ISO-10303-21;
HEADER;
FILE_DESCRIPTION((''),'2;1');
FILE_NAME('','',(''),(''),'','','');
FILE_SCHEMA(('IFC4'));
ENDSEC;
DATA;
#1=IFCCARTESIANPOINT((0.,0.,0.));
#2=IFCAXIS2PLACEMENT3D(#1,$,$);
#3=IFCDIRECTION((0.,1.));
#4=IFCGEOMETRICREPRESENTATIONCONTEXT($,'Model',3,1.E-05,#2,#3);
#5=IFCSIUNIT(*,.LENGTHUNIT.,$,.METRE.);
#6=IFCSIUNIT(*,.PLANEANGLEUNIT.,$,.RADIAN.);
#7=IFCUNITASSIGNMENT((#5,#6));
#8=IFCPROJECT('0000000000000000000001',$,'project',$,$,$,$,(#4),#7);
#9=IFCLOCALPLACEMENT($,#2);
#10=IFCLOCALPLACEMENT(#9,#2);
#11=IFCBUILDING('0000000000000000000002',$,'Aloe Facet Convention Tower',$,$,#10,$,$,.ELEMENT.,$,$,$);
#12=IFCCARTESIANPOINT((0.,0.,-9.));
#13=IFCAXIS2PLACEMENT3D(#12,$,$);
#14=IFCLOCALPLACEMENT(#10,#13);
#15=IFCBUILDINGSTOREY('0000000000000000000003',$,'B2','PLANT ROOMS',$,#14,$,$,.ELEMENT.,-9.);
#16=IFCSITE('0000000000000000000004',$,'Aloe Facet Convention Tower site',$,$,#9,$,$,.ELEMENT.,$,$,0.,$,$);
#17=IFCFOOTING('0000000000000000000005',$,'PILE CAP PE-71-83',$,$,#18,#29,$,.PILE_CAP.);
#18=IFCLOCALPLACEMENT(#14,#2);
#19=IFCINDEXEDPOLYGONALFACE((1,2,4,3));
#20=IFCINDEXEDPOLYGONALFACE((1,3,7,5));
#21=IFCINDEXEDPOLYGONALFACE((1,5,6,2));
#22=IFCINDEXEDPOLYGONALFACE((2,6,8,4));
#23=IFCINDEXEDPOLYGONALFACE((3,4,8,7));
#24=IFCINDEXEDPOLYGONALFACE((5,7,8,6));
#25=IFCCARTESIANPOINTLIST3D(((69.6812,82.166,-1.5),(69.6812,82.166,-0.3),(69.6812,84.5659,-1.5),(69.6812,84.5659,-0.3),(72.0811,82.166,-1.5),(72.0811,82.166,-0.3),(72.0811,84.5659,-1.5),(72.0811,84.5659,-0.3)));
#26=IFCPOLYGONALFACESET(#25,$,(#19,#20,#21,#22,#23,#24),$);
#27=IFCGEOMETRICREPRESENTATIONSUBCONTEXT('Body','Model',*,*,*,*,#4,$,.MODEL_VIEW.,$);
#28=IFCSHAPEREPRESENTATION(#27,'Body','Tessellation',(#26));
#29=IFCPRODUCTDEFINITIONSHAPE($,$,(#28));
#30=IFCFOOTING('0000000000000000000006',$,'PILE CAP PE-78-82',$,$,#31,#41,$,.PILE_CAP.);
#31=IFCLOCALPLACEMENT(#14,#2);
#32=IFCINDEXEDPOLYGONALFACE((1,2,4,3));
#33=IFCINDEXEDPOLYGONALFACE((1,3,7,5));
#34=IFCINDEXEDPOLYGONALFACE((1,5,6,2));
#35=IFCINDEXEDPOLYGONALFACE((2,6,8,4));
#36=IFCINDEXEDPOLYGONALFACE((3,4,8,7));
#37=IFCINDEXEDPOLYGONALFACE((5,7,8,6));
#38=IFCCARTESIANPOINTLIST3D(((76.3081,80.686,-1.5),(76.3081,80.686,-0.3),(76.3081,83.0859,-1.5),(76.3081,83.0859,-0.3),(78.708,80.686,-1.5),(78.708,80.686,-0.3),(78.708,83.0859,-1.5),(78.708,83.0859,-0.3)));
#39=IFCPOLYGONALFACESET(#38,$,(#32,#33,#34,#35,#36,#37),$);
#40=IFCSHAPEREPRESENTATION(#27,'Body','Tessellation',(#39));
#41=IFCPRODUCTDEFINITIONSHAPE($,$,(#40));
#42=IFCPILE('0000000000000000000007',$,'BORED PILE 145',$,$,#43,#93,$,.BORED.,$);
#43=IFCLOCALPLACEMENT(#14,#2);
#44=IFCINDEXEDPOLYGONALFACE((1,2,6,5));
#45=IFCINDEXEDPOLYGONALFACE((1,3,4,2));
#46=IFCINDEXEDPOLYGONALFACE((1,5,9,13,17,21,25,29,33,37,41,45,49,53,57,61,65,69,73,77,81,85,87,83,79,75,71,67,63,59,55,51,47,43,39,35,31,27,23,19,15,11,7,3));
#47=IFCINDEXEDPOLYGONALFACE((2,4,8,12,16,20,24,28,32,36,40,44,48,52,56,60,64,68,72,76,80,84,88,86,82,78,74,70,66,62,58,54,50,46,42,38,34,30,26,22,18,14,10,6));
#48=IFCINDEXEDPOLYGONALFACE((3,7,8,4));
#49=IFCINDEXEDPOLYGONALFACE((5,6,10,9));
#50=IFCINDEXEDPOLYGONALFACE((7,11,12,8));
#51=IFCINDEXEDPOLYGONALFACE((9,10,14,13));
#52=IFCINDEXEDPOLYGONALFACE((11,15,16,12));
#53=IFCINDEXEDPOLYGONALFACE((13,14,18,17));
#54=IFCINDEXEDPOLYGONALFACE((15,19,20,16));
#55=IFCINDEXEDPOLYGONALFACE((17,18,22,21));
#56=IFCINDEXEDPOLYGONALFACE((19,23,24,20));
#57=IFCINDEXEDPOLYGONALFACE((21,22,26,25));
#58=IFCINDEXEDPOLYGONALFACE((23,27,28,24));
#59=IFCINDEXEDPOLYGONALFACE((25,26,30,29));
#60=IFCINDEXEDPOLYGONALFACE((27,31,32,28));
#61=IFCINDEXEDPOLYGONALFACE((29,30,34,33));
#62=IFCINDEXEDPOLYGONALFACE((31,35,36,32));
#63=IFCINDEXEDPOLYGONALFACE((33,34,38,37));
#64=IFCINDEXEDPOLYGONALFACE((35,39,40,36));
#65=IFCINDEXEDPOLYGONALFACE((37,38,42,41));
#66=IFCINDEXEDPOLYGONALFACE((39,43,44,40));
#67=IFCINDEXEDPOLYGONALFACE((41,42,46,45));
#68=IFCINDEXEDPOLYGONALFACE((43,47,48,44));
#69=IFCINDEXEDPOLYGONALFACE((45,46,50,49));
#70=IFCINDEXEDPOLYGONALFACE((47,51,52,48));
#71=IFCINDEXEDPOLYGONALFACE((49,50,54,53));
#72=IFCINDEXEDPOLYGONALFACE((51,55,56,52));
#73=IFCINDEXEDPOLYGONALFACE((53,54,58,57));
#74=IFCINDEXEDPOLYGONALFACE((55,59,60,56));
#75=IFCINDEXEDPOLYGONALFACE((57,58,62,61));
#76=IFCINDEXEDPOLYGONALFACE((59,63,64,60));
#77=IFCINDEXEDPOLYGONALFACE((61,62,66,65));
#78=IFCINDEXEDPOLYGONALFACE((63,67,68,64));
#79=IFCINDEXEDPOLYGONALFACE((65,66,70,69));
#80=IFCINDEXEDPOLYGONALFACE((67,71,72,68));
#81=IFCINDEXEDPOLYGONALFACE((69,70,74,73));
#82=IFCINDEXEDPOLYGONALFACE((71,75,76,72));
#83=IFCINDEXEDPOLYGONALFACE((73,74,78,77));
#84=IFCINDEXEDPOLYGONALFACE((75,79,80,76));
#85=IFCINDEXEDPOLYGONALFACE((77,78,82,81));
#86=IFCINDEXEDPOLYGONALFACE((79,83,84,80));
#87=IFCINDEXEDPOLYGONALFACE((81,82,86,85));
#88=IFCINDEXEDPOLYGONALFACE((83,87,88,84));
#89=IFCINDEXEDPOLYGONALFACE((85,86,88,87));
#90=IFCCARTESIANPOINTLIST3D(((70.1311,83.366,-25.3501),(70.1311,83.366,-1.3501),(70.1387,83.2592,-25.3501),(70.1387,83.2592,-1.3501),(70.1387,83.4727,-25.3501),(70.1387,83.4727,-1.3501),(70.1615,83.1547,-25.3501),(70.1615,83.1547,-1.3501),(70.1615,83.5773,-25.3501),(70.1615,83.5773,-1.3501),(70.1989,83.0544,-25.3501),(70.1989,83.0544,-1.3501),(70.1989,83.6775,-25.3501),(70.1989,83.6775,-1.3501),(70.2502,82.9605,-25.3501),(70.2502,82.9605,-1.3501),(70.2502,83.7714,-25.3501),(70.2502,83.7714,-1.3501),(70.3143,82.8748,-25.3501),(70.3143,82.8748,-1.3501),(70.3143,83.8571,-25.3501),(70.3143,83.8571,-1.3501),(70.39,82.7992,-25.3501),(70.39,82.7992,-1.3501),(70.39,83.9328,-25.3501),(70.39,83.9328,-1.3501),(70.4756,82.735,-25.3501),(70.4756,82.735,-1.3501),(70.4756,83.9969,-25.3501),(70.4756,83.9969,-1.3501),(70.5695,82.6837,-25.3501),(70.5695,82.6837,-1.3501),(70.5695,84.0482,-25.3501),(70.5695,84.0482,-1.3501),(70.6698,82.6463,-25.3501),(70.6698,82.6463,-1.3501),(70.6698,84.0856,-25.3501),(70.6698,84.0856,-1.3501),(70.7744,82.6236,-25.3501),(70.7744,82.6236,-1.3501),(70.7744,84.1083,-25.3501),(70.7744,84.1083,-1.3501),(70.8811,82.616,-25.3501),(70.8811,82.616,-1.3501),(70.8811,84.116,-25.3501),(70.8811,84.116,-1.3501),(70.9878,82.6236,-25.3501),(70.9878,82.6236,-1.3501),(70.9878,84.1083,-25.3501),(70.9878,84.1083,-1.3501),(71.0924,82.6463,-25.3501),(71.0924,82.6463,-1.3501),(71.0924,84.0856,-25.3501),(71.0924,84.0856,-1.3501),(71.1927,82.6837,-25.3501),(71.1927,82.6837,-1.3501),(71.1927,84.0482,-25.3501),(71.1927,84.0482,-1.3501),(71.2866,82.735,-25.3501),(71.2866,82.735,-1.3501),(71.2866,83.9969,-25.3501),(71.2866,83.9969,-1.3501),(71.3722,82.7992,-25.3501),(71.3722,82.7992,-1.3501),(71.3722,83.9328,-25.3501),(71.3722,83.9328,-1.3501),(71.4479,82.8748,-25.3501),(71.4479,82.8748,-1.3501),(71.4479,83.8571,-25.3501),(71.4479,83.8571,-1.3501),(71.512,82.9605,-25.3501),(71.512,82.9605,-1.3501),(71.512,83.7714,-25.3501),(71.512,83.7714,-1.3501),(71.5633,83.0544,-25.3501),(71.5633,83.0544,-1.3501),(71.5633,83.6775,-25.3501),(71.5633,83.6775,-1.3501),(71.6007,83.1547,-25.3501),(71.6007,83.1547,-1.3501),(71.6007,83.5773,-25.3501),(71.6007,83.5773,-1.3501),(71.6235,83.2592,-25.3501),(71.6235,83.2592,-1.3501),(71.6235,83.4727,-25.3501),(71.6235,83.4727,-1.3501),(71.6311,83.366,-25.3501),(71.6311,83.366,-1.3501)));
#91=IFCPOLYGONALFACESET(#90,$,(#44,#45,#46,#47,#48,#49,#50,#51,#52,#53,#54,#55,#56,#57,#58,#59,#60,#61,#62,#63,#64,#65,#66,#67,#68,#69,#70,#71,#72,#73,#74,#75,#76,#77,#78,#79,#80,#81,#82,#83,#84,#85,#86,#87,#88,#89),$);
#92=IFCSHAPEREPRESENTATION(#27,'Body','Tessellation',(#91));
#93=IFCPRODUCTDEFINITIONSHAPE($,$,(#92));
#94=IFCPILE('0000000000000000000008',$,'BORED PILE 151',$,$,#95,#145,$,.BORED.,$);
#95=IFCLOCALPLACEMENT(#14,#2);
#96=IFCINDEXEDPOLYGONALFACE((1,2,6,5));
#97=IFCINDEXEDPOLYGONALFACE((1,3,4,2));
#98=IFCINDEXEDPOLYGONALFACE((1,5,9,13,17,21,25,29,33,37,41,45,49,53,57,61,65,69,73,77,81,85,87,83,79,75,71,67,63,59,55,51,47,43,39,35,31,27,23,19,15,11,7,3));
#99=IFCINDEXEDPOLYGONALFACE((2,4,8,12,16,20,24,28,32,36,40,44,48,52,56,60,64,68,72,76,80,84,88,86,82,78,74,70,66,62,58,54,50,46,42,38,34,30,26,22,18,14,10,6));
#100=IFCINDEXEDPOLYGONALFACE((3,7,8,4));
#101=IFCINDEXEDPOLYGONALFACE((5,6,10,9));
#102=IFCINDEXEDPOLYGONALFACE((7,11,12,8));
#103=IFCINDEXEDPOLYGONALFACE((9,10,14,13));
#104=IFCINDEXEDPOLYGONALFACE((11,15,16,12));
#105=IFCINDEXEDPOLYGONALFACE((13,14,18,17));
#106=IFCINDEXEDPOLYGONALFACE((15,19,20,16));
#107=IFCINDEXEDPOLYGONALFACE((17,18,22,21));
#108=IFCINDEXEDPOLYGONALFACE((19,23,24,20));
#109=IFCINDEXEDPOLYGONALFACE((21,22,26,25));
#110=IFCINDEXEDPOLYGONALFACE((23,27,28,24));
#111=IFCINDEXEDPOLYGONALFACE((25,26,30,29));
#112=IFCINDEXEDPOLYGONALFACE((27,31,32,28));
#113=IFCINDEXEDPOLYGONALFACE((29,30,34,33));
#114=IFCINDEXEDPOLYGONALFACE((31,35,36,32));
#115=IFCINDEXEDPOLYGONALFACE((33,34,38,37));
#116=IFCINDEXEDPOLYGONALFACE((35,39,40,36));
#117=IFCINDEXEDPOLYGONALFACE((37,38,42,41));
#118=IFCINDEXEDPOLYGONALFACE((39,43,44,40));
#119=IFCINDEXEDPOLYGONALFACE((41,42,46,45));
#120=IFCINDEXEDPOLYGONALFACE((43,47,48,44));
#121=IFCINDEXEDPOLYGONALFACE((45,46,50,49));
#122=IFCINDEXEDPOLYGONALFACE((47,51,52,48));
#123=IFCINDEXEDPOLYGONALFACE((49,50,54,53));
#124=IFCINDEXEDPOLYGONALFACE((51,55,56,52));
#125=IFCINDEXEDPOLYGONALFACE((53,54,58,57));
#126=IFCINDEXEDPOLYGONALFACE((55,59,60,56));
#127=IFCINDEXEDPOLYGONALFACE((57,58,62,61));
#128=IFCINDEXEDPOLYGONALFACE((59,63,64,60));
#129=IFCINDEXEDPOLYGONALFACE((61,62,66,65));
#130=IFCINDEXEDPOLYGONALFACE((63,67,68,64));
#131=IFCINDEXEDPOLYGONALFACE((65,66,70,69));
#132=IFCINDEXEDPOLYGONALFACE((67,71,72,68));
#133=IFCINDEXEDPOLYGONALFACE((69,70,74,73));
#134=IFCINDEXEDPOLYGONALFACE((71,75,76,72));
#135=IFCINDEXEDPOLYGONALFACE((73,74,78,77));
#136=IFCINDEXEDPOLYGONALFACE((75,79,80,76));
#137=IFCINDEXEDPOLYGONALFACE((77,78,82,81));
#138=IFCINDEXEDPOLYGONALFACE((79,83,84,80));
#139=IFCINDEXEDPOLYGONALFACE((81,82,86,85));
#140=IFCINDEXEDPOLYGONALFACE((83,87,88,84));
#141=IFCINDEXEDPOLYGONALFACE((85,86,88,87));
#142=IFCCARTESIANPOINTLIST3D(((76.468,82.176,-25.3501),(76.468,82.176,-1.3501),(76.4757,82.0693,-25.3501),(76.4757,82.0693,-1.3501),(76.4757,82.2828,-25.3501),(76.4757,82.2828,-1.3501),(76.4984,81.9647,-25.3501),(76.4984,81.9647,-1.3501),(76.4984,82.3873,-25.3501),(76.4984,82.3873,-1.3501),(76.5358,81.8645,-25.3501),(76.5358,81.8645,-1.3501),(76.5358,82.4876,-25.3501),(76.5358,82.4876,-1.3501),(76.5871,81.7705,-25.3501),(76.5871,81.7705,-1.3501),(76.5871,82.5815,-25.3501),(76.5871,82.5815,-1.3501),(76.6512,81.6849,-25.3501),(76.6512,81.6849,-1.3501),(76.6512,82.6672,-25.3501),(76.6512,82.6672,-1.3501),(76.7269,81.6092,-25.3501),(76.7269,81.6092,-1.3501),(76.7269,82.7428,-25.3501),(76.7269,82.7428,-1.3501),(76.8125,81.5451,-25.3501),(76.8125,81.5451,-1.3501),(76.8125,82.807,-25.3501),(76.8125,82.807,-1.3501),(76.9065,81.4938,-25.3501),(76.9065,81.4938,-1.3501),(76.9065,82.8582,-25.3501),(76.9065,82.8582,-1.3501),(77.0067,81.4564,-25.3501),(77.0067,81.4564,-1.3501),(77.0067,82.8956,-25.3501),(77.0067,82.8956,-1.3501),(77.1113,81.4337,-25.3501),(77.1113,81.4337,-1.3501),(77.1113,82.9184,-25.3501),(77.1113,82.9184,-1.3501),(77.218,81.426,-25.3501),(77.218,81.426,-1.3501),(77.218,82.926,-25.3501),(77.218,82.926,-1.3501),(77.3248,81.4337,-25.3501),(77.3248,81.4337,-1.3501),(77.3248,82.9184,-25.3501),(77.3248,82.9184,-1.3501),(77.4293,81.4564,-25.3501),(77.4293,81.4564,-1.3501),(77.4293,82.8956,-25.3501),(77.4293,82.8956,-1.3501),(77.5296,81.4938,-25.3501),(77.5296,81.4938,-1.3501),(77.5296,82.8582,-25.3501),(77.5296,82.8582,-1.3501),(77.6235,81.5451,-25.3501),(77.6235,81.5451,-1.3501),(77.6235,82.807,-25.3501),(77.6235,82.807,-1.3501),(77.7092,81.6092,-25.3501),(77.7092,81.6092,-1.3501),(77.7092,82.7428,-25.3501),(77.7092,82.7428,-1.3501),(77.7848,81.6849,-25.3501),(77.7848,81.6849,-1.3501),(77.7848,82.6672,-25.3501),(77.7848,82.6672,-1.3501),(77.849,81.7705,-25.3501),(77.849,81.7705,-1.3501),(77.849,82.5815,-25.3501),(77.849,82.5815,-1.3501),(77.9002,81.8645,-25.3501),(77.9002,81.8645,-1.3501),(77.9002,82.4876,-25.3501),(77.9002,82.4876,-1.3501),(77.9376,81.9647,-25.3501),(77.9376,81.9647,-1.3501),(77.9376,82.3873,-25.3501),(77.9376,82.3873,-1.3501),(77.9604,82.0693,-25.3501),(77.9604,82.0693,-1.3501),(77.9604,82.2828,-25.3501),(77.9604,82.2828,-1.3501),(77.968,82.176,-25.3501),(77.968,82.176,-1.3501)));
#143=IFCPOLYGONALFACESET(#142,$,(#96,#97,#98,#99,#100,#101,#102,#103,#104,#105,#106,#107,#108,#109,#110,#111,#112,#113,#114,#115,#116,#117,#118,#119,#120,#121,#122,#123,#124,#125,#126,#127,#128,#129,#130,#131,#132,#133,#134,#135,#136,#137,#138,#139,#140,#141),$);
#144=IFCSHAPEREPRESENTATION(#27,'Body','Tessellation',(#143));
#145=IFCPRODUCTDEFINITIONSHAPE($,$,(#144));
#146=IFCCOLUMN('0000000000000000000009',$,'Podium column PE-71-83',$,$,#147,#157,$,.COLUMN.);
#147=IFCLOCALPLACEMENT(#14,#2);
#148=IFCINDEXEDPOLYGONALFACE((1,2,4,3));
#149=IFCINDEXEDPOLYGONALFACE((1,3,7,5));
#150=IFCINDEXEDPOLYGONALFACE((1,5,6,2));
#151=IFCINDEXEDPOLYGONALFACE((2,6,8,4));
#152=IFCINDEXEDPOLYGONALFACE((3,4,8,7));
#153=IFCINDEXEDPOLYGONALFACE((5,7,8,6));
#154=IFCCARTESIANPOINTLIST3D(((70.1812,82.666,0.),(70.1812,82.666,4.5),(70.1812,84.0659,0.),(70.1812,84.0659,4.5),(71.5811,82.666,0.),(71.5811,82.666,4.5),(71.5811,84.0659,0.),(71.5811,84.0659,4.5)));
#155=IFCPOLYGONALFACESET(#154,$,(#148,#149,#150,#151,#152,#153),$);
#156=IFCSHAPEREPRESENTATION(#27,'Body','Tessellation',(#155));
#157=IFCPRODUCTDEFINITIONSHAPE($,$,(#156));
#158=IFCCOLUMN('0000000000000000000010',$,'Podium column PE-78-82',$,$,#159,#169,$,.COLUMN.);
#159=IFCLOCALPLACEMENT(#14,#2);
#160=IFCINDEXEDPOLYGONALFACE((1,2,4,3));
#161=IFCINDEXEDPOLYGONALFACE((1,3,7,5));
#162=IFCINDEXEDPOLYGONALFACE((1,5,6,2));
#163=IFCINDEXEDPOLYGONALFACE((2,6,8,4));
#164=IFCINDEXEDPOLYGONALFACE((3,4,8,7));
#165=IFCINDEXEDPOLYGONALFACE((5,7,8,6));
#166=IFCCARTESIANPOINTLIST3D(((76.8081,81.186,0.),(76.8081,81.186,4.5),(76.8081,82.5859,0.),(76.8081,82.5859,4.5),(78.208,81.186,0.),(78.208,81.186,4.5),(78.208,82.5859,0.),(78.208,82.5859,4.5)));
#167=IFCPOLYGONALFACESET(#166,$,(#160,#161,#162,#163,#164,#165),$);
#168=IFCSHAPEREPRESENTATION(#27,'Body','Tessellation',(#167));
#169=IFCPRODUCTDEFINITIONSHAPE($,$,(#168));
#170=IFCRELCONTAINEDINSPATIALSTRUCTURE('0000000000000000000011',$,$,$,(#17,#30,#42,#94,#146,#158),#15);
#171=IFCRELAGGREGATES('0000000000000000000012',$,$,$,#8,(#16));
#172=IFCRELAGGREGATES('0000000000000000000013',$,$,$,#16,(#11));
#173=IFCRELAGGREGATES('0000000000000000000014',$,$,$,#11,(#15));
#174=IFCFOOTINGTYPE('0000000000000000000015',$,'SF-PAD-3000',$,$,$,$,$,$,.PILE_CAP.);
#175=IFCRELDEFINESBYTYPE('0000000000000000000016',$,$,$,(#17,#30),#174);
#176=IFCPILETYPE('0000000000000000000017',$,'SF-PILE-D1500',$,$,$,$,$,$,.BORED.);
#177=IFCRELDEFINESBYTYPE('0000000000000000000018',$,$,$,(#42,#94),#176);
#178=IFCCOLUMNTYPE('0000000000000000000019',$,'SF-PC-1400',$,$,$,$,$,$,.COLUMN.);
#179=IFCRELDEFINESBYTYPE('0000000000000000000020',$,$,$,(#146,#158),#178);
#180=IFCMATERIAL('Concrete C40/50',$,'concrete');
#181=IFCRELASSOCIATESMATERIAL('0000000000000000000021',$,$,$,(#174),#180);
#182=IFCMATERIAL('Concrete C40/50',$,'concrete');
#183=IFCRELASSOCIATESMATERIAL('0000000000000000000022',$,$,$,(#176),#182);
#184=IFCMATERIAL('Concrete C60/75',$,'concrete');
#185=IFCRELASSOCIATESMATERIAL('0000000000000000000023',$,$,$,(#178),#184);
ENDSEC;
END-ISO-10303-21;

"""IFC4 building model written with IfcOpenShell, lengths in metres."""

from ifc_helpers import new_model, si_unit, direction, frame, origin, origin_2d, place, context, subcontext, project, spatial, rectangle, circle, extrude, material, material_profile, profile_set, type_object, element, save


model = new_model("IFC4")

# Units and contexts
model_context = context("Model", 3, precision=1e-05, world=origin(), true_north=direction((0.0, 1.0)))
body_context = subcontext(model_context, "Body", "Model", "MODEL_VIEW")
ifc_project = project(units=[si_unit("LENGTHUNIT", "METRE"), si_unit("PLANEANGLEUNIT", "RADIAN")], contexts=[model_context])

# Site, building, storey
site_placement = place(None, origin())
site = spatial("IfcSite", under=ifc_project, at=site_placement, Name="Aloe Facet Convention Tower site", CompositionType="ELEMENT", RefElevation=0.0)
building_placement = place(site_placement, origin())
building = spatial("IfcBuilding", under=site, at=building_placement, Name="Aloe Facet Convention Tower", CompositionType="ELEMENT")
storey_placement = place(building_placement, frame((0.0, 0.0, -9.0)))
storey = spatial("IfcBuildingStorey", under=building, at=storey_placement, Name="B2", Description="PLANT ROOMS", CompositionType="ELEMENT", Elevation=-9.0)

# Footings
ifc_material_1 = material(Name="Concrete C40/50", Category="concrete")
footing_type = type_object("IfcFootingType", Name="SF-PAD-3000", PredefinedType="PILE_CAP", material=ifc_material_1)
for number, where, z_axis, x_axis, name in (
    (1, (70.8811, 83.366, -1.5), (0.0, 0.0, 1.0), (1.0, 0.0, 0.0), "PILE CAP PE-71-83"),
    (2, (77.5081, 81.886, -1.5), (0.0, 0.0, 1.0), (1.0, 0.0, 0.0), "PILE CAP PE-78-82"),
):
    element("IfcFooting", number, at=place(storey_placement, frame(where, z_axis=z_axis, x_axis=x_axis)), inside=storey, type_object=footing_type, Name=name, PredefinedType="PILE_CAP", context=body_context, shape_type="SweptSolid", body=[
        extrude(rectangle(XDim=2.3999, YDim=2.3999, at=origin_2d()), origin(), (0.0, 0.0, 1.0), 1.2),
    ])

# Piles
ifc_material_2 = material(Name="Concrete C40/50", Category="concrete")
ifc_material_profile_1 = material_profile(ifc_material_2, circle(Radius=0.75, at=origin_2d()), Name="D1500")
ifc_profile_set_1 = profile_set([ifc_material_profile_1], Name="Concrete C40/50")
pile_type = type_object("IfcPileType", Name="SF-PILE-D1500", PredefinedType="BORED", material=ifc_profile_set_1)
for number, where, z_axis, x_axis, name in (
    (3, (70.8811, 83.366, -1.3501), (0.0, 0.0, -1.0), (1.0, 0.0, 0.0), "BORED PILE 145"),
    (4, (77.218, 82.176, -1.3501), (0.0, 0.0, -1.0), (1.0, 0.0, 0.0), "BORED PILE 151"),
):
    element("IfcPile", number, at=place(storey_placement, frame(where, z_axis=z_axis, x_axis=x_axis)), inside=storey, type_object=pile_type, Name=name, PredefinedType="BORED", context=body_context, shape_type="SweptSolid", body=[
        extrude(circle(Radius=0.75, at=origin_2d()), origin(), (0.0, 0.0, 1.0), 24.0),
    ])

# Columns
ifc_material_3 = material(Name="Concrete C60/75", Category="concrete")
ifc_material_profile_2 = material_profile(ifc_material_3, rectangle(XDim=1.3999, YDim=1.3999, at=origin_2d()), Name="SF-PC-1400")
ifc_profile_set_2 = profile_set([ifc_material_profile_2], Name="Concrete C60/75")
column_type = type_object("IfcColumnType", Name="SF-PC-1400", PredefinedType="COLUMN", material=ifc_profile_set_2)
for number, where, z_axis, x_axis, name in (
    (5, (70.8811, 83.366, 0.0), (0.0, 0.0, 1.0), (1.0, 0.0, 0.0), "Podium column PE-71-83"),
    (6, (77.5081, 81.886, 0.0), (0.0, 0.0, 1.0), (1.0, 0.0, 0.0), "Podium column PE-78-82"),
):
    element("IfcColumn", number, at=place(storey_placement, frame(where, z_axis=z_axis, x_axis=x_axis)), inside=storey, type_object=column_type, Name=name, PredefinedType="COLUMN", context=body_context, shape_type="SweptSolid", body=[
        extrude(rectangle(XDim=1.3999, YDim=1.3999, at=origin_2d()), origin(), (0.0, 0.0, 1.0), 4.5),
    ])

save(model, "model.ifc")
